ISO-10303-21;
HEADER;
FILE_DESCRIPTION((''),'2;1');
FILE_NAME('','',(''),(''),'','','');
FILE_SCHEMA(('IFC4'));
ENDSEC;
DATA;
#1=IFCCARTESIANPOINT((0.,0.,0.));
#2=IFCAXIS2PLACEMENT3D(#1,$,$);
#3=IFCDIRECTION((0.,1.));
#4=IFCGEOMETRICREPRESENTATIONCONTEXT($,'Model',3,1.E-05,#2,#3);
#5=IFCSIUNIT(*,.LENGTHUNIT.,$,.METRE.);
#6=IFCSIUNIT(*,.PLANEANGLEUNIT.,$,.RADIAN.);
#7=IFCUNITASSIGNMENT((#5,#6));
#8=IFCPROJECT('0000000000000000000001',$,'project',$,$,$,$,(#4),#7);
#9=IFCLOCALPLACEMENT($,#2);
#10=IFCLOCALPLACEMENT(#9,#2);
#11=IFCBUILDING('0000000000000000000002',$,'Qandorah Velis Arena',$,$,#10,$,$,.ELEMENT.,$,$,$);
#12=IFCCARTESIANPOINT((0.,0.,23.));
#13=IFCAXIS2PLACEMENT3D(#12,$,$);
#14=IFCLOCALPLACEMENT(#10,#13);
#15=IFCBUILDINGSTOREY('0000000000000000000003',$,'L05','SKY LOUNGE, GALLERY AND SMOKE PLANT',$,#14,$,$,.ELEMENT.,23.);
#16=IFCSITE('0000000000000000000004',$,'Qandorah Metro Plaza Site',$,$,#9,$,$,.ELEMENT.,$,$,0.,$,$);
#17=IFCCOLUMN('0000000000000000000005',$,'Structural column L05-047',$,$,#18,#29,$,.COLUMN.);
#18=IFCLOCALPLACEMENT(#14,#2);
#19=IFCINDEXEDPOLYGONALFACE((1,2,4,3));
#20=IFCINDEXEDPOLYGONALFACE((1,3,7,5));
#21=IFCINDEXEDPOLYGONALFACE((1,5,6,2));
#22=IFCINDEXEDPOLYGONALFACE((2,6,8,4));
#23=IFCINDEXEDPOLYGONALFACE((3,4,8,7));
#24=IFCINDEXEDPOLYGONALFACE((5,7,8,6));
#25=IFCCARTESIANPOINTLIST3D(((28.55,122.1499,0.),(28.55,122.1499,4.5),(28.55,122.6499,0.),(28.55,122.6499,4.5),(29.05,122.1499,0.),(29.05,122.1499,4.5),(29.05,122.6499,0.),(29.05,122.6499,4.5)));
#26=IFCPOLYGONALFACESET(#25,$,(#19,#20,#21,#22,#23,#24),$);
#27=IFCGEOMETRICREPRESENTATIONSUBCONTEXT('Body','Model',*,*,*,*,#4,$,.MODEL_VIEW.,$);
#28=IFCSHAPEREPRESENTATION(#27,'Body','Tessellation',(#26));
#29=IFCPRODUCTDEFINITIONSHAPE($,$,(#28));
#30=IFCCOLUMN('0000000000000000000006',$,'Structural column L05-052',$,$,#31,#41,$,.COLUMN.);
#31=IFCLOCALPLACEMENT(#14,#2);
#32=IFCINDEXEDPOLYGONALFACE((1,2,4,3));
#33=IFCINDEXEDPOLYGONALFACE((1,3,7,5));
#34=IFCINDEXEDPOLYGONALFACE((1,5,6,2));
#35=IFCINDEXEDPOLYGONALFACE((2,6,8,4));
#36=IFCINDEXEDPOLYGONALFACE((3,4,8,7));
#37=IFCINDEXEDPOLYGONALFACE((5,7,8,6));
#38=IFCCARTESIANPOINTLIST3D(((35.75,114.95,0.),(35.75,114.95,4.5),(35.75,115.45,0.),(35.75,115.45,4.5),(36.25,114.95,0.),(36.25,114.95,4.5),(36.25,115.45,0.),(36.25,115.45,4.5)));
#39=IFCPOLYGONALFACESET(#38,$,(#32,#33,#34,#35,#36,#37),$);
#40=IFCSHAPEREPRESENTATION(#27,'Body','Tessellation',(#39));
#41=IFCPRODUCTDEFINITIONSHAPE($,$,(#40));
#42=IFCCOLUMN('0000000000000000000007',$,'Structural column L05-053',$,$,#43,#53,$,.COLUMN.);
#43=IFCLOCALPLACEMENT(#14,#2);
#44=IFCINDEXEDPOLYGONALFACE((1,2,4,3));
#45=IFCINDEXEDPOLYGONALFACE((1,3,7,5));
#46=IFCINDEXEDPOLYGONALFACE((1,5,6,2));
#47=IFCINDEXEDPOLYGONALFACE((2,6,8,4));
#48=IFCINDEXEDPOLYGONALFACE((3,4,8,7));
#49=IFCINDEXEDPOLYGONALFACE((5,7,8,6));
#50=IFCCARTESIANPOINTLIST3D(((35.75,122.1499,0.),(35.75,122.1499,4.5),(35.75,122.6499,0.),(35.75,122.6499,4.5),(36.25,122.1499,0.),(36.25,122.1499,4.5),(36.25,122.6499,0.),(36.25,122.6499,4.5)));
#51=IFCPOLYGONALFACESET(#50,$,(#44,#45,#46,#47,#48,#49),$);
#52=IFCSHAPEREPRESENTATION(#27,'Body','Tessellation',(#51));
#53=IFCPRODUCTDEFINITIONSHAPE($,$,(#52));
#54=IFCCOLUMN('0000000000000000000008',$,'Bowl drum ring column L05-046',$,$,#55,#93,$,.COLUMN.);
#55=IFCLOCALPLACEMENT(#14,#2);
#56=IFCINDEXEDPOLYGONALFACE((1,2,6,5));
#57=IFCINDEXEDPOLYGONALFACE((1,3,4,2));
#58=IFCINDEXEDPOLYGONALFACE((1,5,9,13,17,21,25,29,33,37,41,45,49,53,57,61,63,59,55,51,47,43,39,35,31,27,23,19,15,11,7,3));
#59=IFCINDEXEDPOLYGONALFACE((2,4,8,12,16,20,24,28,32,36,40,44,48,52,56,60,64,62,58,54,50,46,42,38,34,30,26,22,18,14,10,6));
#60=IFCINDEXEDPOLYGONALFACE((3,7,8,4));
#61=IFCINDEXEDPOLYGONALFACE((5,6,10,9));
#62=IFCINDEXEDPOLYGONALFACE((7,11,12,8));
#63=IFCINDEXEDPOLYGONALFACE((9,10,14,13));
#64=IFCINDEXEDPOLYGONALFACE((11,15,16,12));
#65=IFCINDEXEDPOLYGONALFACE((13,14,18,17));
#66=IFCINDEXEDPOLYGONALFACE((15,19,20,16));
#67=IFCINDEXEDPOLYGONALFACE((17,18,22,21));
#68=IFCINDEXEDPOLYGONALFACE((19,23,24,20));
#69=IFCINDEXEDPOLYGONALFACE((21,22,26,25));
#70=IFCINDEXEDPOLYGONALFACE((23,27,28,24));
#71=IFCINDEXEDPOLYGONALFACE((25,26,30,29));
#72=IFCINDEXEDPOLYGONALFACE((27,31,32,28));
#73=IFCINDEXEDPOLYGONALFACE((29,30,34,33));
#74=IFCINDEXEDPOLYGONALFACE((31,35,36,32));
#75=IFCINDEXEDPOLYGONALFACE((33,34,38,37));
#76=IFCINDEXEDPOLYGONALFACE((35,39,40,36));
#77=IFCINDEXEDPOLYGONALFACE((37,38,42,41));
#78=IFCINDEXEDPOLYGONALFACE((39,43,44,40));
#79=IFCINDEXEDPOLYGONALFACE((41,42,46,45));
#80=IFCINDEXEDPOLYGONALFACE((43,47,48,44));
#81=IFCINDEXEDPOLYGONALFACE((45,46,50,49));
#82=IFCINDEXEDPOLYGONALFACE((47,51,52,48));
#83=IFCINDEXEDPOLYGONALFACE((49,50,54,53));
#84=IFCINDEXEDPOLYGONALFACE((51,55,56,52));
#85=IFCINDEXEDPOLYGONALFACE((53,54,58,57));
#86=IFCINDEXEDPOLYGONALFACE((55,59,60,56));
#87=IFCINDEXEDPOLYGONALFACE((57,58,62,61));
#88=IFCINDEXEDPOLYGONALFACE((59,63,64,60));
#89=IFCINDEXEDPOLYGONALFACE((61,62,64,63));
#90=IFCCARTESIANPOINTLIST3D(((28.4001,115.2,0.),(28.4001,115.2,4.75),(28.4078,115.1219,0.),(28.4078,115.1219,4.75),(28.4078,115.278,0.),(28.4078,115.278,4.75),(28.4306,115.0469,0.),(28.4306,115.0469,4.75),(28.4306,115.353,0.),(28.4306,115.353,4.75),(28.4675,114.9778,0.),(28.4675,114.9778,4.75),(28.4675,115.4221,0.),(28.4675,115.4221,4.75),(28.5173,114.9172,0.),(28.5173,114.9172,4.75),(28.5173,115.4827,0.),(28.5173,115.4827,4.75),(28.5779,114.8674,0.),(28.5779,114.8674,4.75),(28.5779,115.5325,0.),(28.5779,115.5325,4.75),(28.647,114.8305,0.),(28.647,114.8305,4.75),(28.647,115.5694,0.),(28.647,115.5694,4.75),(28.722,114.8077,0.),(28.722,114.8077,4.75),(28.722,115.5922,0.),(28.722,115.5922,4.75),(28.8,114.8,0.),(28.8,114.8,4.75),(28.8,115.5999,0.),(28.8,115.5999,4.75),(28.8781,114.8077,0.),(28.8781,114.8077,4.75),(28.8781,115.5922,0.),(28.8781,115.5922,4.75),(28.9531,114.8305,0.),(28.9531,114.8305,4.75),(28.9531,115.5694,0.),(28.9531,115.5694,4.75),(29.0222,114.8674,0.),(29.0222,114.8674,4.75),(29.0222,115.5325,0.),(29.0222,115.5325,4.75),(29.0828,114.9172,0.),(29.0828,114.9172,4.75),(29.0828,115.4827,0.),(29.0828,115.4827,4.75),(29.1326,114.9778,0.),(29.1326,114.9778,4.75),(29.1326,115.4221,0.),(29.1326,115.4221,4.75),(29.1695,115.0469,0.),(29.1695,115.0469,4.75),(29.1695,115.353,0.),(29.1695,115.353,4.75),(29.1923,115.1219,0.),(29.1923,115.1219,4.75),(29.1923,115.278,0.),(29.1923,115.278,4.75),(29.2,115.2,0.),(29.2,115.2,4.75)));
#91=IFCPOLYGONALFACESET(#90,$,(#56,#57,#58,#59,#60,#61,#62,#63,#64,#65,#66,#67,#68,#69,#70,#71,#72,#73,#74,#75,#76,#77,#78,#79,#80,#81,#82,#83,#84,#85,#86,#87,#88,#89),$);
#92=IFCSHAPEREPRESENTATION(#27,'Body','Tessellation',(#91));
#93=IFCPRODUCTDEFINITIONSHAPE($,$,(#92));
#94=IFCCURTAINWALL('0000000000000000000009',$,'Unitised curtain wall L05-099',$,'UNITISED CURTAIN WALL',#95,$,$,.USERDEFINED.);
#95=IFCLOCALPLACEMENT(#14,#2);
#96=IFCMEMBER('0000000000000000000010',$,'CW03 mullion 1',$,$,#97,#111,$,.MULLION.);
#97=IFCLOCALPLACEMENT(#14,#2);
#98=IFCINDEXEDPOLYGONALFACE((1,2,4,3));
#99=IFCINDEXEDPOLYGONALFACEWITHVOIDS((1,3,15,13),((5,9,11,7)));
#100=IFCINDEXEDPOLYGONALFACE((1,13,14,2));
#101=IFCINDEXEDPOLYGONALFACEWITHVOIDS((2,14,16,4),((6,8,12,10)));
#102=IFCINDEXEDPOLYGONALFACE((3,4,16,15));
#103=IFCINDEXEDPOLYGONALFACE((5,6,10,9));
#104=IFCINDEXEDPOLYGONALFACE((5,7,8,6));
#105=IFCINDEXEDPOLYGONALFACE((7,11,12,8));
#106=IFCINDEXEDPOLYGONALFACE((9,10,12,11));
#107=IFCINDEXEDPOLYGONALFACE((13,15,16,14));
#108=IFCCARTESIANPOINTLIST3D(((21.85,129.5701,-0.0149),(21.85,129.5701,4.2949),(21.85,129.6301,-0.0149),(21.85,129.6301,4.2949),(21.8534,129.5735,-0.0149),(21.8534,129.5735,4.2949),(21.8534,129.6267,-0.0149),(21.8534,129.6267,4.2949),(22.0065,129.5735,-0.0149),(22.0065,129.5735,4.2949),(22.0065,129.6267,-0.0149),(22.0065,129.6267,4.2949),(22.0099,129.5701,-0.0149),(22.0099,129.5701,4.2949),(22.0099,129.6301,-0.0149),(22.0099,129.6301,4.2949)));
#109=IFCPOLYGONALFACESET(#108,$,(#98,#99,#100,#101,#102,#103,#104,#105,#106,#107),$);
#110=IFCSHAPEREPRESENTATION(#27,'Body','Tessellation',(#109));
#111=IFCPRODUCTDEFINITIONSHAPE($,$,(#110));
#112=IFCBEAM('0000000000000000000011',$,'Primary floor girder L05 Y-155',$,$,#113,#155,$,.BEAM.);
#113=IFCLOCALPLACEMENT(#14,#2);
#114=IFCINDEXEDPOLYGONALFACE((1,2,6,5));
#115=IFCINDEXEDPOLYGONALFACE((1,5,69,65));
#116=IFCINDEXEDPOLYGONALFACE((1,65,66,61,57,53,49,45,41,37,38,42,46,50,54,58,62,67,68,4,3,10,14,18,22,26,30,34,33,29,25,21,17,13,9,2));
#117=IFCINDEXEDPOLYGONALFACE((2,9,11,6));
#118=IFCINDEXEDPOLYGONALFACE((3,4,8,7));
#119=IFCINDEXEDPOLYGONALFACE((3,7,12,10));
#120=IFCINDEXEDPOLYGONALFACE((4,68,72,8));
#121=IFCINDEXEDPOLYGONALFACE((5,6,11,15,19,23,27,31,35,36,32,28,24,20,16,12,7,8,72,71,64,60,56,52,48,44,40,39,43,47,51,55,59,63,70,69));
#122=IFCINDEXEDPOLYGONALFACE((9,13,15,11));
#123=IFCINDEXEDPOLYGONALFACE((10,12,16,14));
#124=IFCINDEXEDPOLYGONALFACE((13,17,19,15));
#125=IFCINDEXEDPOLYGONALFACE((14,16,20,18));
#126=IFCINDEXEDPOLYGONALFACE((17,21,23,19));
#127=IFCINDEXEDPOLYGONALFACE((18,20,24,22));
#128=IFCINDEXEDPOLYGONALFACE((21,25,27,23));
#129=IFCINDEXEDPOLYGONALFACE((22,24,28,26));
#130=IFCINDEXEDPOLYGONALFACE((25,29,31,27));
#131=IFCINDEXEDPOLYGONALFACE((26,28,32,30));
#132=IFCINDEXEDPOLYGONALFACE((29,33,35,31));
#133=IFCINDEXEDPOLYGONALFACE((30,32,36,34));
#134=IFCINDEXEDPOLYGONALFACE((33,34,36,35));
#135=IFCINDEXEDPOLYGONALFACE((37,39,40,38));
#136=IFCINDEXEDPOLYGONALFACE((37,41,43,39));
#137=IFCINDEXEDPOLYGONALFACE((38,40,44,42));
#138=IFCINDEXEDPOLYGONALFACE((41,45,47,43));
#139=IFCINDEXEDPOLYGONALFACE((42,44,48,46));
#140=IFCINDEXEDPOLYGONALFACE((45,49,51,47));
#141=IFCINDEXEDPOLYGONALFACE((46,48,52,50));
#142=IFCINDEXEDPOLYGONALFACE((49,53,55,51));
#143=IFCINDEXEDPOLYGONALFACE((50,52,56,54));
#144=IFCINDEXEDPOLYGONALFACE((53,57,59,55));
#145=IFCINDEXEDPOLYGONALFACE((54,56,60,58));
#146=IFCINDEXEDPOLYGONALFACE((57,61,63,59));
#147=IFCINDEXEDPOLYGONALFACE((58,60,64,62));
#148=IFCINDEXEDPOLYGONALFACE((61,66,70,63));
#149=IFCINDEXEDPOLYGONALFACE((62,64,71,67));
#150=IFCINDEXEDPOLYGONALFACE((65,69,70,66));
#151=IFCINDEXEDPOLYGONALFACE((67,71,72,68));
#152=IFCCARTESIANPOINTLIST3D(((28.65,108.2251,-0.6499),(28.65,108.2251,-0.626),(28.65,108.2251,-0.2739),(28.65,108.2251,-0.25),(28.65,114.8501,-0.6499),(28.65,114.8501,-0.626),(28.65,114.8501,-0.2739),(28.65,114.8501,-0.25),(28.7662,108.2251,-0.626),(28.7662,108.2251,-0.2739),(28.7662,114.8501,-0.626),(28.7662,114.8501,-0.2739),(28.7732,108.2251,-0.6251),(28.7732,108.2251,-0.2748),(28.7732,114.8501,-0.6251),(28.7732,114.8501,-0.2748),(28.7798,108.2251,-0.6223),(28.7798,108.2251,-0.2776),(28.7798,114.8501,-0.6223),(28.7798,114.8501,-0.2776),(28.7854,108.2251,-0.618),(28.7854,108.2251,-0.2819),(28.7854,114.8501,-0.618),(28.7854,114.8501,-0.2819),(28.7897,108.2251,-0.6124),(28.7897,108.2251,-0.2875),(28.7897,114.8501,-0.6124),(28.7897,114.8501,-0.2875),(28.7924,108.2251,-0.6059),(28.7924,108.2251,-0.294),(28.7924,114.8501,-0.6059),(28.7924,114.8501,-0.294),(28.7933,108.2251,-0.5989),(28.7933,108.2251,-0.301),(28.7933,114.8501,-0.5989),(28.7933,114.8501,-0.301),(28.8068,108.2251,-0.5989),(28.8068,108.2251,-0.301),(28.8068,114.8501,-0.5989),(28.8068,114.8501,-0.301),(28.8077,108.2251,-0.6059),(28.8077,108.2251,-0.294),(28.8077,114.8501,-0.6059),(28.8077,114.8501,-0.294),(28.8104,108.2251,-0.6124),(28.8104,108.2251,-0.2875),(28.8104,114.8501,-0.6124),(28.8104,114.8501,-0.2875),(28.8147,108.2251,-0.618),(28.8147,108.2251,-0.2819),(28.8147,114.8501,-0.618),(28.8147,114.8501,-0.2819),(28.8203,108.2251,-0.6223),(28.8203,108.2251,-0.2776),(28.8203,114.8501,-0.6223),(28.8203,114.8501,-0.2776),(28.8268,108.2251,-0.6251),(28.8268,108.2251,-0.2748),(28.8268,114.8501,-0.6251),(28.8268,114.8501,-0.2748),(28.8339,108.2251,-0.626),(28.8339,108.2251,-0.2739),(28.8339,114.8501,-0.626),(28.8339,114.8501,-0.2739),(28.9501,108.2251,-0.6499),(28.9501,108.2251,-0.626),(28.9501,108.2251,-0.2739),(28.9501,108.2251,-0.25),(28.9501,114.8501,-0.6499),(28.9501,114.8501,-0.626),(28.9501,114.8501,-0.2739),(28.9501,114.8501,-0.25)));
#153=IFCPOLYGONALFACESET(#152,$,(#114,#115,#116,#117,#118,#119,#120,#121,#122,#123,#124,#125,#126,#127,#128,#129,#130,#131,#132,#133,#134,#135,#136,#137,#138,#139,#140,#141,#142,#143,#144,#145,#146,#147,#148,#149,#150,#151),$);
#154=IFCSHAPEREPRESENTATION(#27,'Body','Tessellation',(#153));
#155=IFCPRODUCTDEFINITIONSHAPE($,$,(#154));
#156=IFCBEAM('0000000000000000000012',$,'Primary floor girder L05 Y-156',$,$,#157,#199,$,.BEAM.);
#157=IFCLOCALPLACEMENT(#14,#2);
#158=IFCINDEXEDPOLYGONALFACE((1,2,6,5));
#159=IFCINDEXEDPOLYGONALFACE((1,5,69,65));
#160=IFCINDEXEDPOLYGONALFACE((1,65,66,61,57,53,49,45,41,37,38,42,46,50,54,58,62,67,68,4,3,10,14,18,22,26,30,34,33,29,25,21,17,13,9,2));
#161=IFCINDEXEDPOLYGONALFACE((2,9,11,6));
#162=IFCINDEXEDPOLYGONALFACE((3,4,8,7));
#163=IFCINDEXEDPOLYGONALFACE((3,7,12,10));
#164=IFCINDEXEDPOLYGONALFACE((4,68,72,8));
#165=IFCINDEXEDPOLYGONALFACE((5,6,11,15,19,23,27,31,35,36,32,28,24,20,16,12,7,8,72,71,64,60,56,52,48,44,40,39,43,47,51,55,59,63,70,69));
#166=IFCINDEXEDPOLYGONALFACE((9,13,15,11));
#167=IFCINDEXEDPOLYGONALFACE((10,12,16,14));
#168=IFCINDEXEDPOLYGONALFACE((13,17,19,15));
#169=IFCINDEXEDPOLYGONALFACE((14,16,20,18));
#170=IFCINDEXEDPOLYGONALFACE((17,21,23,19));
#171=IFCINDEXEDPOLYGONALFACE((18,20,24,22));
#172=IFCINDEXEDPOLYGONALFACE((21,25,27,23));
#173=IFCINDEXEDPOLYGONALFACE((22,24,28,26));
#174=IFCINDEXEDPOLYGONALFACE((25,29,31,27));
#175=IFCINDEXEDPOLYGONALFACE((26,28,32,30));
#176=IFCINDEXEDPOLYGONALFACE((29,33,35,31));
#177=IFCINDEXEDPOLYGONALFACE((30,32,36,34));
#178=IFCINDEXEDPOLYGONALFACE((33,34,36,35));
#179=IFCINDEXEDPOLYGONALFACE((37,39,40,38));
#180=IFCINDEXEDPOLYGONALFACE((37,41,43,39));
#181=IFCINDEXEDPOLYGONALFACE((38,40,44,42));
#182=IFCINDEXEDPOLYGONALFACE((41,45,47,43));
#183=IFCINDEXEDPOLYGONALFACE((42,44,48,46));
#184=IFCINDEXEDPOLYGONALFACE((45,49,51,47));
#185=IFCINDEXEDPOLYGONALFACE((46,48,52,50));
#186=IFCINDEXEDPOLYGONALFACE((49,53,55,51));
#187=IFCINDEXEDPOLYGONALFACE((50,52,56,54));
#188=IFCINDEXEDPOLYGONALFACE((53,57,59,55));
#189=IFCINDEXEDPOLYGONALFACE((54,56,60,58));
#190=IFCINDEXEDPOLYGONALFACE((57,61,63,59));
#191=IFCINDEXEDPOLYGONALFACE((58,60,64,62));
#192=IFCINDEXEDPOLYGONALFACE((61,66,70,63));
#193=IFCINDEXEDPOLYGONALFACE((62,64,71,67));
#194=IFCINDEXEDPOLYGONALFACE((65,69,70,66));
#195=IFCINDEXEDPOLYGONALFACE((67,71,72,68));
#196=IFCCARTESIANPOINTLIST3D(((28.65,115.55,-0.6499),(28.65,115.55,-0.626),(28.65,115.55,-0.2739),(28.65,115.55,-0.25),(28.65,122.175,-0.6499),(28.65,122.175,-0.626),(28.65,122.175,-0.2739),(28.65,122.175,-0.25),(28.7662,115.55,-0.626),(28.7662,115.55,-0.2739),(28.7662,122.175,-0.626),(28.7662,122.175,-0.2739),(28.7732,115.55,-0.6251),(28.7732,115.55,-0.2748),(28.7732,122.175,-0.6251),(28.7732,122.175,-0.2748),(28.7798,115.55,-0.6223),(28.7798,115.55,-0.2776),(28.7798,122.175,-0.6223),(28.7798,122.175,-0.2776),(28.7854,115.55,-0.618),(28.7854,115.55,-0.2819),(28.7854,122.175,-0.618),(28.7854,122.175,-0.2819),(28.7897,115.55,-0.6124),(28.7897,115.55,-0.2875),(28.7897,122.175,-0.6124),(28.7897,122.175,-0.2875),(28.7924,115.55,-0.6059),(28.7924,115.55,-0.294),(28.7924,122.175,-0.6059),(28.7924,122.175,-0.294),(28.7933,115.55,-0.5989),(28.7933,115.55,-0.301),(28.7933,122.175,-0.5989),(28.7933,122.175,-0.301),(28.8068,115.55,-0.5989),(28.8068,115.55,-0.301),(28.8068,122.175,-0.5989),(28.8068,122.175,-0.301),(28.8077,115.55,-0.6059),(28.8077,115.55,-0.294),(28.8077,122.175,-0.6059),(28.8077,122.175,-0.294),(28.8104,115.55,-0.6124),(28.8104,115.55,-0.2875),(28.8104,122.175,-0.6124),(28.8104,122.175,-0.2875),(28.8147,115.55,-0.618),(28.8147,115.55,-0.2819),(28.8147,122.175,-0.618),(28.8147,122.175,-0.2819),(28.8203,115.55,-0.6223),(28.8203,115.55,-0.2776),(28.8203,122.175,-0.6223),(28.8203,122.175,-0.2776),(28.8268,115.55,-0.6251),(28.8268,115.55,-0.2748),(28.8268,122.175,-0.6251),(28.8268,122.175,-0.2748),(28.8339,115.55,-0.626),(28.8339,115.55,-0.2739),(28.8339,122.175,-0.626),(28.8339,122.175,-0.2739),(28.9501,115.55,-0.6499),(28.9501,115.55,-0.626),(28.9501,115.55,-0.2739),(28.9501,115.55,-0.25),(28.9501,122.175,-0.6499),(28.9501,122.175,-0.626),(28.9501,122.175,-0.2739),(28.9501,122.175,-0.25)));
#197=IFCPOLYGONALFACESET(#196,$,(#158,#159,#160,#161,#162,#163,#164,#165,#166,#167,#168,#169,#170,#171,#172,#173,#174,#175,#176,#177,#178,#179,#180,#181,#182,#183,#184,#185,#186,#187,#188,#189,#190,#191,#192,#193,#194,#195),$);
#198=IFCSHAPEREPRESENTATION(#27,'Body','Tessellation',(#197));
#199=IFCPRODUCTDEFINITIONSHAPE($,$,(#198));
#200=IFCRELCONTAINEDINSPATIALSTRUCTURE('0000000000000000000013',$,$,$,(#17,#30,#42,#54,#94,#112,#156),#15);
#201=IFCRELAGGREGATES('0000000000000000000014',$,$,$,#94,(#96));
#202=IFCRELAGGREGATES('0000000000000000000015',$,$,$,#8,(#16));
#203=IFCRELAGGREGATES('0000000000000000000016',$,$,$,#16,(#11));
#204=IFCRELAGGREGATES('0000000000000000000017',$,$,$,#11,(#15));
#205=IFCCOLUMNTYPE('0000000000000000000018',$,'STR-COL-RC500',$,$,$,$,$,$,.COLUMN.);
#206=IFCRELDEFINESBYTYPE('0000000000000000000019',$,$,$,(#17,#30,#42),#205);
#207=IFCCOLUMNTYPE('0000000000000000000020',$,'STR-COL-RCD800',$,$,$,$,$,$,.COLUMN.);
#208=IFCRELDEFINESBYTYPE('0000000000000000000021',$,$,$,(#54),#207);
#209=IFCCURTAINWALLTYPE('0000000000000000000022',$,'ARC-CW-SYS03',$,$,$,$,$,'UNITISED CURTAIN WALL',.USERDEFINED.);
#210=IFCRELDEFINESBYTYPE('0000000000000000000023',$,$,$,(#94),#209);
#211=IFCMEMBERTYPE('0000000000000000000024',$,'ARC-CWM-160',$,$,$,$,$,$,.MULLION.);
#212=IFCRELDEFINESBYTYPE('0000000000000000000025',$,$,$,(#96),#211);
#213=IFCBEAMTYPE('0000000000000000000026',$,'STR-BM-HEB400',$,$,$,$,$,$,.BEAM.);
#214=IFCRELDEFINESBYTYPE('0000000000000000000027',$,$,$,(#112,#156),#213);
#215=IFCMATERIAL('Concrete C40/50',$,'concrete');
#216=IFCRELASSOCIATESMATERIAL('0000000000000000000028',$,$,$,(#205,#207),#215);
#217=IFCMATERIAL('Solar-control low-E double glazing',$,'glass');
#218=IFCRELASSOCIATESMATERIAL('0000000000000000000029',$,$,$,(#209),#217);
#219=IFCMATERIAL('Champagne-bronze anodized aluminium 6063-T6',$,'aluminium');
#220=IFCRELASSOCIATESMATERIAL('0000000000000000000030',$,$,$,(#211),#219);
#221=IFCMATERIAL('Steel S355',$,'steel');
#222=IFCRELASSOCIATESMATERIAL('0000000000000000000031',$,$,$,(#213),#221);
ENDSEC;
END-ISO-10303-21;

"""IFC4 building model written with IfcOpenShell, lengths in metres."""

from ifc_helpers import new_model, si_unit, direction, frame, origin, origin_2d, place, context, subcontext, project, spatial, rectangle, hollow_rectangle, circle, i_section, extrude, material, material_profile, profile_set, type_object, element, aggregate, save


model = new_model("IFC4")

# Units and contexts
model_context = context("Model", 3, precision=1e-05, world=origin(), true_north=direction((0.0, 1.0)))
body_context = subcontext(model_context, "Body", "Model", "MODEL_VIEW")
ifc_project = project(units=[si_unit("LENGTHUNIT", "METRE"), si_unit("PLANEANGLEUNIT", "RADIAN")], contexts=[model_context])

# Site, building, storey
site_placement = place(None, origin())
site = spatial("IfcSite", under=ifc_project, at=site_placement, Name="Qandorah Metro Plaza Site", CompositionType="ELEMENT", RefElevation=0.0)
building_placement = place(site_placement, origin())
building = spatial("IfcBuilding", under=site, at=building_placement, Name="Qandorah Velis Arena", CompositionType="ELEMENT")
storey_placement = place(building_placement, frame((0.0, 0.0, 23.0)))
storey = spatial("IfcBuildingStorey", under=building, at=storey_placement, Name="L05", Description="SKY LOUNGE, GALLERY AND SMOKE PLANT", CompositionType="ELEMENT", Elevation=23.0)

# Columns
ifc_material_1 = material(Name="Concrete C40/50", Category="concrete")
ifc_material_profile_1 = material_profile(ifc_material_1, rectangle(XDim=0.5, YDim=0.5, at=origin_2d()), Name="RC COL 500x500")
ifc_profile_set_1 = profile_set([ifc_material_profile_1], Name="Concrete C40/50")
column_type_1 = type_object("IfcColumnType", Name="STR-COL-RC500", PredefinedType="COLUMN", material=ifc_profile_set_1)
for number, where, z_axis, x_axis, name in (
    (1, (28.8, 122.3999, 0.0), (0.0, 0.0, 1.0), (1.0, 0.0, 0.0), "Structural column L05-047"),
    (2, (36.0, 115.2, 0.0), (0.0, 0.0, 1.0), (1.0, 0.0, 0.0), "Structural column L05-052"),
    (3, (36.0, 122.3999, 0.0), (0.0, 0.0, 1.0), (1.0, 0.0, 0.0), "Structural column L05-053"),
):
    element("IfcColumn", number, at=place(storey_placement, frame(where, z_axis=z_axis, x_axis=x_axis)), inside=storey, type_object=column_type_1, Name=name, PredefinedType="COLUMN", context=body_context, shape_type="SweptSolid", body=[
        extrude(rectangle(XDim=0.5, YDim=0.5, at=origin_2d()), origin(), (0.0, 0.0, 1.0), 4.5),
    ])
ifc_material_profile_2 = material_profile(ifc_material_1, circle(Radius=0.3999, at=origin_2d()), Name="RC D800")
ifc_profile_set_2 = profile_set([ifc_material_profile_2], Name="Concrete C40/50")
column_type_2 = type_object("IfcColumnType", Name="STR-COL-RCD800", PredefinedType="COLUMN", material=ifc_profile_set_2)
column_placement = place(storey_placement, frame((28.8, 115.2, 0.0), z_axis=(0.0, 0.0, 1.0), x_axis=(1.0, 0.0, 0.0)))
element("IfcColumn", 4, at=column_placement, inside=storey, type_object=column_type_2, Name="Bowl drum ring column L05-046", PredefinedType="COLUMN", context=body_context, shape_type="SweptSolid", body=[
    extrude(circle(Radius=0.3999, at=origin_2d()), origin(), (0.0, 0.0, 1.0), 4.75),
])

# Curtain wall, member
ifc_material_2 = material(Name="Solar-control low-E double glazing", Category="glass")
curtain_wall_type = type_object("IfcCurtainWallType", Name="ARC-CW-SYS03", ElementType="UNITISED CURTAIN WALL", PredefinedType="USERDEFINED", material=ifc_material_2)
curtain_wall_placement = place(storey_placement, origin())
curtain_wall = element("IfcCurtainWall", 5, at=curtain_wall_placement, inside=storey, type_object=curtain_wall_type, Name="Unitised curtain wall L05-099", ObjectType="UNITISED CURTAIN WALL", PredefinedType="USERDEFINED")
ifc_material_3 = material(Name="Champagne-bronze anodized aluminium 6063-T6", Category="aluminium")
ifc_material_profile_3 = material_profile(ifc_material_3, hollow_rectangle(XDim=0.0601, YDim=0.1599, WallThickness=0.0034, at=origin_2d()), Name="ALU MULLION 60x160")
ifc_profile_set_3 = profile_set([ifc_material_profile_3], Name="Champagne-bronze anodized aluminium 6063-T6")
member_type = type_object("IfcMemberType", Name="ARC-CWM-160", PredefinedType="MULLION", material=ifc_profile_set_3)
member_placement = place(storey_placement, frame((21.9299, 129.6001, -0.0149), z_axis=(0.0, 0.0, 1.0), x_axis=(0.0, 1.0, 0.0)))
member = element("IfcMember", 6, at=member_placement, type_object=member_type, Name="CW03 mullion 1", PredefinedType="MULLION", context=body_context, shape_type="SweptSolid", body=[
    extrude(hollow_rectangle(XDim=0.0601, YDim=0.1599, WallThickness=0.0034, at=origin_2d()), origin(), (0.0, 0.0, 1.0), 4.3098),
])
aggregate(curtain_wall, [member])

# Beams
ifc_material_4 = material(Name="Steel S355", Category="steel")
ifc_material_profile_4 = material_profile(ifc_material_4, i_section(OverallWidth=0.3, OverallDepth=0.3999, WebThickness=0.0134, FlangeThickness=0.0239, FilletRadius=0.0271, at=origin_2d()), Name="HEB 400")
ifc_profile_set_4 = profile_set([ifc_material_profile_4], Name="Steel S355")
beam_type_1 = type_object("IfcBeamType", Name="STR-BM-HEB400", PredefinedType="BEAM", material=ifc_profile_set_4)
for number, where, z_axis, x_axis, name in (
    (7, (28.8, 108.2251, -0.45), (0.0, 1.0, 0.0), (-1.0, 0.0, 0.0), "Primary floor girder L05 Y-155"),
    (8, (28.8, 115.55, -0.45), (0.0, 1.0, 0.0), (-1.0, 0.0, 0.0), "Primary floor girder L05 Y-156"),
):
    element("IfcBeam", number, at=place(storey_placement, frame(where, z_axis=z_axis, x_axis=x_axis)), inside=storey, type_object=beam_type_1, Name=name, PredefinedType="BEAM", context=body_context, shape_type="SweptSolid", body=[
        extrude(i_section(OverallWidth=0.3, OverallDepth=0.3999, WebThickness=0.0134, FlangeThickness=0.0239, FilletRadius=0.0271, at=origin_2d()), origin(), (0.0, 0.0, 1.0), 6.625),
    ])

save(model, "model.ifc")
